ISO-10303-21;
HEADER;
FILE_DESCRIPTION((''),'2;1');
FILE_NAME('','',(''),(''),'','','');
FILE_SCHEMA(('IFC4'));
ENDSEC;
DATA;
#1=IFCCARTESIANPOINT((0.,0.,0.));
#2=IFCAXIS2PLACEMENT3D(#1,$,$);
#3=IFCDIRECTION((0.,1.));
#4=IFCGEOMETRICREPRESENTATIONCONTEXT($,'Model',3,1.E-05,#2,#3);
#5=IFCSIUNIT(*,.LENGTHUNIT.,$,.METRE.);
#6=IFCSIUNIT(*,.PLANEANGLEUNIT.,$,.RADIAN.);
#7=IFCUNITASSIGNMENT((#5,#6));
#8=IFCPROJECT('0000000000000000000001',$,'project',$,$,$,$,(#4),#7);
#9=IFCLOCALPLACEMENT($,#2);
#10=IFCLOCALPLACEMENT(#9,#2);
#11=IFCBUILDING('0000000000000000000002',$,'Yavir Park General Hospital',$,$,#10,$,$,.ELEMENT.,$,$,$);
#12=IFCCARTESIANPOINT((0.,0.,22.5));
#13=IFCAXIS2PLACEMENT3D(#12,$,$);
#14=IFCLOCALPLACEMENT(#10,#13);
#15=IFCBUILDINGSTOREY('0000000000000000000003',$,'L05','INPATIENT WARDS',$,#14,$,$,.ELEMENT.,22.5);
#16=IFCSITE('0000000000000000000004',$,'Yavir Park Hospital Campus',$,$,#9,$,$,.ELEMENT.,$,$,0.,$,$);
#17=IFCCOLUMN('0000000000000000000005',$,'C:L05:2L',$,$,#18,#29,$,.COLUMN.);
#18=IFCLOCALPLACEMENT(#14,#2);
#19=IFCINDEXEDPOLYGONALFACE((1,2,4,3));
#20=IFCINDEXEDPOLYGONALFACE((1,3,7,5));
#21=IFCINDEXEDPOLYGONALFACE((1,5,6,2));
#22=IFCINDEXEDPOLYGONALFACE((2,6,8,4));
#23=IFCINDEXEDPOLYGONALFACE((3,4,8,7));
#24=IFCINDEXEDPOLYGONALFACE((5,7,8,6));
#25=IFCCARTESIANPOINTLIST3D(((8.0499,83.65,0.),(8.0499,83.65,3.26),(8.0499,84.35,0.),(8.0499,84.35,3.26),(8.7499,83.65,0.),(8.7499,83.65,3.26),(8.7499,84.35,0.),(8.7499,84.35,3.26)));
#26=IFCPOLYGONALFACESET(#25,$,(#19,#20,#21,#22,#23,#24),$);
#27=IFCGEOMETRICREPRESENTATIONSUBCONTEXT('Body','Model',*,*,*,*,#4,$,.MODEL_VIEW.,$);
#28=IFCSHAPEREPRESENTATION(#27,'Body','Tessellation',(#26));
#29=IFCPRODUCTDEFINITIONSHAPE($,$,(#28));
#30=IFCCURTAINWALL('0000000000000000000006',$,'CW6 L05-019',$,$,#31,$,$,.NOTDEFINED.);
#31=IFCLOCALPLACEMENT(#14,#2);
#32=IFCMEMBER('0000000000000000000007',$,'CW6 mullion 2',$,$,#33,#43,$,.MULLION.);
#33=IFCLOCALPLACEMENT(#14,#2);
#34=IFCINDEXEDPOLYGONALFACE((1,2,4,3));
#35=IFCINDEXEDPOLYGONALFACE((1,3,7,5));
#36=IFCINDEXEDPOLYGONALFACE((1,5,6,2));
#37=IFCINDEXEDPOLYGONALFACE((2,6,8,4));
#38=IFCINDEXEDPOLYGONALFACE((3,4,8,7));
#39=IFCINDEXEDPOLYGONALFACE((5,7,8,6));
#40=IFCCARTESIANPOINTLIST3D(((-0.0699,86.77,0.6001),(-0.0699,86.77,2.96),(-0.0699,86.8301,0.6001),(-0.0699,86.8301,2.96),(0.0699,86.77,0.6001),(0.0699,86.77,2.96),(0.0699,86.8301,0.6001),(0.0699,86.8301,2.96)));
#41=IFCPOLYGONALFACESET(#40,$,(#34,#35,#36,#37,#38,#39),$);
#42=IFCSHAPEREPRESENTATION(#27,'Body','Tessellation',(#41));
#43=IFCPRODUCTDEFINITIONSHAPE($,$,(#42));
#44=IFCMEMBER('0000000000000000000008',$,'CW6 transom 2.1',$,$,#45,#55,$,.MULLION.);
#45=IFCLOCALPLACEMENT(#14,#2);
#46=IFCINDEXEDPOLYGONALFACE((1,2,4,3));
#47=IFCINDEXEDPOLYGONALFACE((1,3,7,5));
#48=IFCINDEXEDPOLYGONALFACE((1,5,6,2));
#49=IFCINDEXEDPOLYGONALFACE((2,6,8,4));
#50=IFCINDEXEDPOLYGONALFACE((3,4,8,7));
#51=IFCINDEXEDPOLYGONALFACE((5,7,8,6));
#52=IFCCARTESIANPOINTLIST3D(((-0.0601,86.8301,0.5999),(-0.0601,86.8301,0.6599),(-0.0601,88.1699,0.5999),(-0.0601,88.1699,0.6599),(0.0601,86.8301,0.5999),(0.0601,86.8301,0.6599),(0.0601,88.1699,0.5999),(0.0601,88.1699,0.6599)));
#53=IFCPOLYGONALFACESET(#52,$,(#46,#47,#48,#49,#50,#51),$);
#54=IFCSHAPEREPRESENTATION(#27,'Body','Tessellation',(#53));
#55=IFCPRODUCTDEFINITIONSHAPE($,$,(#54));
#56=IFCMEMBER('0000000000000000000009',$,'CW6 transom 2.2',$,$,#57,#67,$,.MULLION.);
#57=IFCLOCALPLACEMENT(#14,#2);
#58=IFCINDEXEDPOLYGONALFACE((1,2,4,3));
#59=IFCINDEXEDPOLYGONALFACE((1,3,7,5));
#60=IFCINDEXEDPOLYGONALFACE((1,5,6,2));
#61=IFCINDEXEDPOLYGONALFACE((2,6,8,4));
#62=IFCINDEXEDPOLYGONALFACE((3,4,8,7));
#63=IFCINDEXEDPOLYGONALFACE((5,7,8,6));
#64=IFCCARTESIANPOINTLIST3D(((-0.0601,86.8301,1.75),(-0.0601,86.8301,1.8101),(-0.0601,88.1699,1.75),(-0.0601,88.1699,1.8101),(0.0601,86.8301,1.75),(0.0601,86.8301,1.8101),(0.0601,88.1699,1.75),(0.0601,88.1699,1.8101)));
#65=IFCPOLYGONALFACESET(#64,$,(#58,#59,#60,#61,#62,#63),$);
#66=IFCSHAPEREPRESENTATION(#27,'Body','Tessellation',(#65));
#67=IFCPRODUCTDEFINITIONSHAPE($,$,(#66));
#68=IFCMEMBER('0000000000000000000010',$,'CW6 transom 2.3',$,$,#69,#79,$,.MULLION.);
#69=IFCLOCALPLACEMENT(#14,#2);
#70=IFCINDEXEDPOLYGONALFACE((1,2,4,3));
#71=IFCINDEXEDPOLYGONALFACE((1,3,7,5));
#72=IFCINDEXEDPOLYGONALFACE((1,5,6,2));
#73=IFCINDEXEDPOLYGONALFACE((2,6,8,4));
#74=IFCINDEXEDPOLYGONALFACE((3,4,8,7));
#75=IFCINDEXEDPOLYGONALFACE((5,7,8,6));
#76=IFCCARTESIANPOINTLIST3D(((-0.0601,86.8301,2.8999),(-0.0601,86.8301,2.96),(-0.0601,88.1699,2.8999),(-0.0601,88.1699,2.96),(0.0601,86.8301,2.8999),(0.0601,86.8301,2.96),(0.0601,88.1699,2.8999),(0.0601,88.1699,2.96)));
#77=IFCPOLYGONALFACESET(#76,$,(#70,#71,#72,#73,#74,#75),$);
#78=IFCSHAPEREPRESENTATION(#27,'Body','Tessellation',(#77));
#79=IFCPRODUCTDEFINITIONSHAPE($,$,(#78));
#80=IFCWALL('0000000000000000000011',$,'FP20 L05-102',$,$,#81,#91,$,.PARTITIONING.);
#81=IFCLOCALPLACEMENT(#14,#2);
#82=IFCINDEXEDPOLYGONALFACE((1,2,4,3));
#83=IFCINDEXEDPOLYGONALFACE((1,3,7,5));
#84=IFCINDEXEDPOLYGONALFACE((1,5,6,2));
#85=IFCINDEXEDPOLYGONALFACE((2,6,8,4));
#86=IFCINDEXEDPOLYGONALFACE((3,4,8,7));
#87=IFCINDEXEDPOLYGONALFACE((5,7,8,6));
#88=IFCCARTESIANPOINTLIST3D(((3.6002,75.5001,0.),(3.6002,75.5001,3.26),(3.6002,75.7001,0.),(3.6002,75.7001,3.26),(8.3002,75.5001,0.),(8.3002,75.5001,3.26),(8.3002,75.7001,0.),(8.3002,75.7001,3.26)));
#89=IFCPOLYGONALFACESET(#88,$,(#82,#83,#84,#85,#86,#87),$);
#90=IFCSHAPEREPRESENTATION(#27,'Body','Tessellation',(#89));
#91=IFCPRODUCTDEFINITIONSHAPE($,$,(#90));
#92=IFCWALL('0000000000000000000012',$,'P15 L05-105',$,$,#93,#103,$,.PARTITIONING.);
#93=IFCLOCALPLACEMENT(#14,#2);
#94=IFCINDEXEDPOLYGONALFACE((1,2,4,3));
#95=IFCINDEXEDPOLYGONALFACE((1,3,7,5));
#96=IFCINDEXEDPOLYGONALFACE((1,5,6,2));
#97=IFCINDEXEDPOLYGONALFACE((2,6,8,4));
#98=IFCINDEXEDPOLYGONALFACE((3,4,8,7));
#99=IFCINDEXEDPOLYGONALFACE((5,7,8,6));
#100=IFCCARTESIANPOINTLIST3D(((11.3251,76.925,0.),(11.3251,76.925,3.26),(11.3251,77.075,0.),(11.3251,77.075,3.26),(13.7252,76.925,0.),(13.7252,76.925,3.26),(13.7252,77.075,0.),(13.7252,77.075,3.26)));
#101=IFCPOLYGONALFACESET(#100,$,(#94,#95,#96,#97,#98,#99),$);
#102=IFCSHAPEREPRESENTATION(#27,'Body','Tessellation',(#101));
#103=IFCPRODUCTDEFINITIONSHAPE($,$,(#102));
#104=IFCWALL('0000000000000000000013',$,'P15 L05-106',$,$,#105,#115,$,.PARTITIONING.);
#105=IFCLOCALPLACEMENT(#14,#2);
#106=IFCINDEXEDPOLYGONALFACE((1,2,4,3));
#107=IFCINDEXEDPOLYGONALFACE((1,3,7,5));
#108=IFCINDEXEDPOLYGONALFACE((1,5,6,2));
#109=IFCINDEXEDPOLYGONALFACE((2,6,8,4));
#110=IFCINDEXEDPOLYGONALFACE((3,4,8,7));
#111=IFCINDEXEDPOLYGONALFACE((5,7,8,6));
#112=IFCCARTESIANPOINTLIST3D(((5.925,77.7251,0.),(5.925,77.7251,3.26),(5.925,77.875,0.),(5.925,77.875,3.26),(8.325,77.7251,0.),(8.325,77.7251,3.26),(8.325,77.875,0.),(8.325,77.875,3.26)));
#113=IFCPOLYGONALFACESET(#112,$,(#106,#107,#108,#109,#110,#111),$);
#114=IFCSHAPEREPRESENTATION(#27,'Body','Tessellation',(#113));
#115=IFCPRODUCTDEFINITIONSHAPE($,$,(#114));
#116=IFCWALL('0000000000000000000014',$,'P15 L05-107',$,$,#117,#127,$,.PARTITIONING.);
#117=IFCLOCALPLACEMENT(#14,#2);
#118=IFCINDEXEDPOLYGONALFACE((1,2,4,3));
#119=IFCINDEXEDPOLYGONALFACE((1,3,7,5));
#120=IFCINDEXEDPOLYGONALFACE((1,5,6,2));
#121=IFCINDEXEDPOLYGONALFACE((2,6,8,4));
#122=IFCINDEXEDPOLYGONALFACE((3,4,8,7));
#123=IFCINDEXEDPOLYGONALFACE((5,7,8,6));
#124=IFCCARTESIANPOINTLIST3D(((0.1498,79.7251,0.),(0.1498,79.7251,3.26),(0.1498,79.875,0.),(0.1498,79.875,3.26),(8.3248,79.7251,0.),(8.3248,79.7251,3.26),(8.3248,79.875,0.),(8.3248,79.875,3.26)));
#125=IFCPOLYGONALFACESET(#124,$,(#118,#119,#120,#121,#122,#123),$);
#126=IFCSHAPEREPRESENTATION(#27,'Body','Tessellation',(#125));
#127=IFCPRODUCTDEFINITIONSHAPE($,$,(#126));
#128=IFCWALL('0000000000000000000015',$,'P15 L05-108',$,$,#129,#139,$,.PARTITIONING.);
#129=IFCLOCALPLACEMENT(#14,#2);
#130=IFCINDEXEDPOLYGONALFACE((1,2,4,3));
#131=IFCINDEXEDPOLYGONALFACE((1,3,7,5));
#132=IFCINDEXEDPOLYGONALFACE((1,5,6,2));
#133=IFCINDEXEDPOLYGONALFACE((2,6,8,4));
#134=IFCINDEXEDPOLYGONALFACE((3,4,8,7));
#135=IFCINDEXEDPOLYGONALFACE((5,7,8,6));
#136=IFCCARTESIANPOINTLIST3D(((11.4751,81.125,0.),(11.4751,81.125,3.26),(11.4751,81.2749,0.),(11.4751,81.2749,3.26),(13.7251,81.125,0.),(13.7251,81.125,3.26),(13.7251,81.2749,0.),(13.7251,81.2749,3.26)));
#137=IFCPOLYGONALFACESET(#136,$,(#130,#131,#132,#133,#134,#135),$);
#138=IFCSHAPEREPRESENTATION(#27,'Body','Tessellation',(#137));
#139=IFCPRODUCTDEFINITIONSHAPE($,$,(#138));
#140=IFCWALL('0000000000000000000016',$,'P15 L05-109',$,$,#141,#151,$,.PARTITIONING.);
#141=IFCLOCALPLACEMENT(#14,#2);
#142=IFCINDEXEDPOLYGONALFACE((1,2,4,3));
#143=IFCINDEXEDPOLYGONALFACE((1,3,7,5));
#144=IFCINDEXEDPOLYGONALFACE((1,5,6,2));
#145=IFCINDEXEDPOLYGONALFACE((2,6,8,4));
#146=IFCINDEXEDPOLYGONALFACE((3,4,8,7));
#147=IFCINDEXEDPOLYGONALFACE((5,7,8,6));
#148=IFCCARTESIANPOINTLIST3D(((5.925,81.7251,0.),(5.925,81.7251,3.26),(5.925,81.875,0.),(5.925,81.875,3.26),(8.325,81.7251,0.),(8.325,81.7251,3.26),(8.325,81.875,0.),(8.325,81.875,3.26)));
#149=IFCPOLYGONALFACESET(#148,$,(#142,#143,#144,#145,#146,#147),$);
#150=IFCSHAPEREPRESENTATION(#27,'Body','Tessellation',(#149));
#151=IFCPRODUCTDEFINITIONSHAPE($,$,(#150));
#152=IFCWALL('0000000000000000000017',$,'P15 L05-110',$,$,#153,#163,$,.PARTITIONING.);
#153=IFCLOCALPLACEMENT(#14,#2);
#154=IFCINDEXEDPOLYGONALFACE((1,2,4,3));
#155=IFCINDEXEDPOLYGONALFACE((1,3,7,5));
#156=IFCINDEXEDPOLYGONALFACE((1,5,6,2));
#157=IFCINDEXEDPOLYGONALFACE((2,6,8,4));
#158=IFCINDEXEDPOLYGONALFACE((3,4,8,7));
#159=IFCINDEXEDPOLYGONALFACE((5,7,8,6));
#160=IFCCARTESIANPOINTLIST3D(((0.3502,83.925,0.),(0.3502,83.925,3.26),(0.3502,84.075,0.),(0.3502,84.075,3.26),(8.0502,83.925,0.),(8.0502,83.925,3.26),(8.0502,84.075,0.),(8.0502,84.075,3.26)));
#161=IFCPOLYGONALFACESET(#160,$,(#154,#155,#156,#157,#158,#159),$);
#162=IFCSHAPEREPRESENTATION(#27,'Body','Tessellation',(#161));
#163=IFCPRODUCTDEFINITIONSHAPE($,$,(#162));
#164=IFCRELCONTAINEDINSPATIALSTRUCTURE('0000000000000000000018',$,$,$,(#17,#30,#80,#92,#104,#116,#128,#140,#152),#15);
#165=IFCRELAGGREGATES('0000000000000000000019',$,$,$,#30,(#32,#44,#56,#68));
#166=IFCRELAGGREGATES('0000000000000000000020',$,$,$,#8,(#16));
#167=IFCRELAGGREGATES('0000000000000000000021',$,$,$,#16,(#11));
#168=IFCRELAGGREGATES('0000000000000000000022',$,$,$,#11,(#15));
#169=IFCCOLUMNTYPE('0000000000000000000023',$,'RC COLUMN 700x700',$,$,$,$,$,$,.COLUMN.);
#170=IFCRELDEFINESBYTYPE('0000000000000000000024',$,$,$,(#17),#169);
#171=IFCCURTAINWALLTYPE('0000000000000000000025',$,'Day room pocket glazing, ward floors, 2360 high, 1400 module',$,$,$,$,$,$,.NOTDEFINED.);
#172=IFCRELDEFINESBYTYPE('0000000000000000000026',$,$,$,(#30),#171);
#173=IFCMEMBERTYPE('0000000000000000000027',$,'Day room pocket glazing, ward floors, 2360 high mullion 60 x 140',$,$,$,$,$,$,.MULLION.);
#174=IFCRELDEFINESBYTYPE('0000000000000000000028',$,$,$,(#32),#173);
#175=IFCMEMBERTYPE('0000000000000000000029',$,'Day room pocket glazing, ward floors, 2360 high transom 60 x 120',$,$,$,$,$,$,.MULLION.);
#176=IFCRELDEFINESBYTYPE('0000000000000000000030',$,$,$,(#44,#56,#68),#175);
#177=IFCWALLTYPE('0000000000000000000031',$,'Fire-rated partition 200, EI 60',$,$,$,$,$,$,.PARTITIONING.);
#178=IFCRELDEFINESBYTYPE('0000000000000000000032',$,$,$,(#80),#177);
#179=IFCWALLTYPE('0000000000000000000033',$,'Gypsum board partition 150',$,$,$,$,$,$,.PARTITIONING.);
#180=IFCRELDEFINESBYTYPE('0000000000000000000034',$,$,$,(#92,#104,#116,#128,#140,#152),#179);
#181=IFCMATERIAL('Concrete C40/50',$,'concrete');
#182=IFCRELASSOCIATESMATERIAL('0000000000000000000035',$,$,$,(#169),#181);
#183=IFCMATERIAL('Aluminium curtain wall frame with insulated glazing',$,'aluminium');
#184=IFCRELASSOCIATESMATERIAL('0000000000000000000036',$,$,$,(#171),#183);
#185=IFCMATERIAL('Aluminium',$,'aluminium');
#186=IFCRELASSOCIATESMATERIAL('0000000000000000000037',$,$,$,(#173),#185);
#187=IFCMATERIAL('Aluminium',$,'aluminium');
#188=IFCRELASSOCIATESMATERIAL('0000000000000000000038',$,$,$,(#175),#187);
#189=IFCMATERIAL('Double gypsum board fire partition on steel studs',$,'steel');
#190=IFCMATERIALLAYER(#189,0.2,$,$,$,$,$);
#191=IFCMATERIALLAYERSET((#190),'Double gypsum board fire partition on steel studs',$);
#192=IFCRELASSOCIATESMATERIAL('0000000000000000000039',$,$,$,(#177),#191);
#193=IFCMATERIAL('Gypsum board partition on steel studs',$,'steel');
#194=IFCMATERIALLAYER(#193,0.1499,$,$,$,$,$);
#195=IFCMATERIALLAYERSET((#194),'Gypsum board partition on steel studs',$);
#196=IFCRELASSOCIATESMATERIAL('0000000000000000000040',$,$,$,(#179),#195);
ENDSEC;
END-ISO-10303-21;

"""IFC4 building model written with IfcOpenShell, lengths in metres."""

from ifc_helpers import new_model, si_unit, direction, frame, frame_2d, origin, origin_2d, place, context, subcontext, project, spatial, rectangle, extrude, material, layer, layer_set, material_profile, profile_set, type_object, element, aggregate, save


model = new_model("IFC4")

# Units and contexts
model_context = context("Model", 3, precision=1e-05, world=origin(), true_north=direction((0.0, 1.0)))
body_context = subcontext(model_context, "Body", "Model", "MODEL_VIEW")
ifc_project = project(units=[si_unit("LENGTHUNIT", "METRE"), si_unit("PLANEANGLEUNIT", "RADIAN")], contexts=[model_context])

# Site, building, storey
site_placement = place(None, origin())
site = spatial("IfcSite", under=ifc_project, at=site_placement, Name="Yavir Park Hospital Campus", CompositionType="ELEMENT", RefElevation=0.0)
building_placement = place(site_placement, origin())
building = spatial("IfcBuilding", under=site, at=building_placement, Name="Yavir Park General Hospital", CompositionType="ELEMENT")
storey_placement = place(building_placement, frame((0.0, 0.0, 22.5)))
storey = spatial("IfcBuildingStorey", under=building, at=storey_placement, Name="L05", Description="INPATIENT WARDS", CompositionType="ELEMENT", Elevation=22.5)

# Column
ifc_material_1 = material(Name="Concrete C40/50", Category="concrete")
ifc_material_profile_1 = material_profile(ifc_material_1, rectangle(XDim=0.7, YDim=0.7, at=origin_2d()), Name="RC700x700")
ifc_profile_set_1 = profile_set([ifc_material_profile_1], Name="Concrete C40/50")
column_type = type_object("IfcColumnType", Name="RC COLUMN 700x700", PredefinedType="COLUMN", material=ifc_profile_set_1)
column_placement = place(storey_placement, frame((8.3999, 84.0, 0.0), z_axis=(0.0, 0.0, 1.0), x_axis=(1.0, 0.0, 0.0)))
element("IfcColumn", 1, at=column_placement, inside=storey, type_object=column_type, Name="C:L05:2L", PredefinedType="COLUMN", context=body_context, shape_type="SweptSolid", body=[
    extrude(rectangle(XDim=0.7, YDim=0.7, at=origin_2d()), origin(), (0.0, 0.0, 1.0), 3.26),
])

# Curtain wall, members
ifc_material_2 = material(Name="Aluminium curtain wall frame with insulated glazing", Category="aluminium")
curtain_wall_type = type_object("IfcCurtainWallType", Name="Day room pocket glazing, ward floors, 2360 high, 1400 module", PredefinedType="NOTDEFINED", material=ifc_material_2)
curtain_wall_placement = place(storey_placement, origin())
curtain_wall = element("IfcCurtainWall", 2, at=curtain_wall_placement, inside=storey, type_object=curtain_wall_type, Name="CW6 L05-019", PredefinedType="NOTDEFINED")
ifc_material_3 = material(Name="Aluminium", Category="aluminium")
ifc_material_profile_2 = material_profile(ifc_material_3, rectangle(XDim=0.1399, YDim=0.0601, at=origin_2d()), Name="AL 60x140")
ifc_profile_set_2 = profile_set([ifc_material_profile_2], Name="Aluminium")
member_type_1 = type_object("IfcMemberType", Name="Day room pocket glazing, ward floors, 2360 high mullion 60 x 140", PredefinedType="MULLION", material=ifc_profile_set_2)
member_1_placement = place(storey_placement, frame((0.0, 86.8, 0.6001), z_axis=(0.0, 0.0, 1.0), x_axis=(-1.0, 0.0, 0.0)))
member_1 = element("IfcMember", 3, at=member_1_placement, type_object=member_type_1, Name="CW6 mullion 2", PredefinedType="MULLION", context=body_context, shape_type="SweptSolid", body=[
    extrude(rectangle(XDim=0.1399, YDim=0.0601, at=origin_2d()), origin(), (0.0, 0.0, 1.0), 2.3599),
])
ifc_material_4 = material(Name="Aluminium", Category="aluminium")
ifc_material_profile_3 = material_profile(ifc_material_4, rectangle(XDim=0.1201, YDim=0.0601, at=origin_2d()), Name="AL 120x60")
ifc_profile_set_3 = profile_set([ifc_material_profile_3], Name="Aluminium")
member_type_2 = type_object("IfcMemberType", Name="Day room pocket glazing, ward floors, 2360 high transom 60 x 120", PredefinedType="MULLION", material=ifc_profile_set_3)
member_2_placement = place(storey_placement, frame((0.0, 86.8301, 0.6299), z_axis=(0.0, 1.0, 0.0), x_axis=(-1.0, 0.0, 0.0)))
member_2 = element("IfcMember", 4, at=member_2_placement, type_object=member_type_2, Name="CW6 transom 2.1", PredefinedType="MULLION", context=body_context, shape_type="SweptSolid", body=[
    extrude(rectangle(XDim=0.1201, YDim=0.0601, at=origin_2d()), origin(), (0.0, 0.0, 1.0), 1.3398),
])
member_3_placement = place(storey_placement, frame((0.0, 86.8301, 1.78), z_axis=(0.0, 1.0, 0.0), x_axis=(-1.0, 0.0, 0.0)))
member_3 = element("IfcMember", 5, at=member_3_placement, type_object=member_type_2, Name="CW6 transom 2.2", PredefinedType="MULLION", context=body_context, shape_type="SweptSolid", body=[
    extrude(rectangle(XDim=0.1201, YDim=0.0601, at=origin_2d()), origin(), (0.0, 0.0, 1.0), 1.3398),
])
member_4_placement = place(storey_placement, frame((0.0, 86.8301, 2.9299), z_axis=(0.0, 1.0, 0.0), x_axis=(-1.0, 0.0, 0.0)))
member_4 = element("IfcMember", 6, at=member_4_placement, type_object=member_type_2, Name="CW6 transom 2.3", PredefinedType="MULLION", context=body_context, shape_type="SweptSolid", body=[
    extrude(rectangle(XDim=0.1201, YDim=0.0601, at=origin_2d()), origin(), (0.0, 0.0, 1.0), 1.3398),
])
aggregate(curtain_wall, [member_1, member_2, member_3, member_4])

# Wall
ifc_material_5 = material(Name="Double gypsum board fire partition on steel studs", Category="steel")
ifc_layer_1 = layer(ifc_material_5, 0.2)
ifc_layer_set_1 = layer_set([ifc_layer_1], Name="Double gypsum board fire partition on steel studs")
wall_type_1 = type_object("IfcWallType", Name="Fire-rated partition 200, EI 60", PredefinedType="PARTITIONING", material=ifc_layer_set_1)
wall_1_placement = place(storey_placement, frame((3.6001, 75.6001, 0.0), z_axis=(0.0, 0.0, 1.0), x_axis=(1.0, 0.0, 0.0)))
element("IfcWall", 7, at=wall_1_placement, inside=storey, type_object=wall_type_1, Name="FP20 L05-102", PredefinedType="PARTITIONING", context=body_context, shape_type="SweptSolid", body=[
    extrude(rectangle(XDim=4.7, YDim=0.2, at=frame_2d((2.3501, 0.0))), origin(), (0.0, 0.0, 1.0), 3.26),
])

# Walls
ifc_material_6 = material(Name="Gypsum board partition on steel studs", Category="steel")
ifc_layer_2 = layer(ifc_material_6, 0.1499)
ifc_layer_set_2 = layer_set([ifc_layer_2], Name="Gypsum board partition on steel studs")
wall_type_2 = type_object("IfcWallType", Name="Gypsum board partition 150", PredefinedType="PARTITIONING", material=ifc_layer_set_2)
wall_2_placement = place(storey_placement, frame((11.325, 77.0, 0.0), z_axis=(0.0, 0.0, 1.0), x_axis=(1.0, 0.0, 0.0)))
element("IfcWall", 8, at=wall_2_placement, inside=storey, type_object=wall_type_2, Name="P15 L05-105", PredefinedType="PARTITIONING", context=body_context, shape_type="SweptSolid", body=[
    extrude(rectangle(XDim=2.4001, YDim=0.1499, at=frame_2d((1.2002, 0.0))), origin(), (0.0, 0.0, 1.0), 3.26),
])
wall_3_placement = place(storey_placement, frame((5.925, 77.8, 0.0), z_axis=(0.0, 0.0, 1.0), x_axis=(1.0, 0.0, 0.0)))
element("IfcWall", 9, at=wall_3_placement, inside=storey, type_object=wall_type_2, Name="P15 L05-106", PredefinedType="PARTITIONING", context=body_context, shape_type="SweptSolid", body=[
    extrude(rectangle(XDim=2.3999, YDim=0.1499, at=frame_2d((1.2, 0.0))), origin(), (0.0, 0.0, 1.0), 3.26),
])
wall_4_placement = place(storey_placement, frame((0.1499, 79.8, 0.0), z_axis=(0.0, 0.0, 1.0), x_axis=(1.0, 0.0, 0.0)))
element("IfcWall", 10, at=wall_4_placement, inside=storey, type_object=wall_type_2, Name="P15 L05-107", PredefinedType="PARTITIONING", context=body_context, shape_type="SweptSolid", body=[
    extrude(rectangle(XDim=8.175, YDim=0.1499, at=frame_2d((4.0874, 0.0))), origin(), (0.0, 0.0, 1.0), 3.26),
])
wall_5_placement = place(storey_placement, frame((11.4751, 81.2, 0.0), z_axis=(0.0, 0.0, 1.0), x_axis=(1.0, 0.0, 0.0)))
element("IfcWall", 11, at=wall_5_placement, inside=storey, type_object=wall_type_2, Name="P15 L05-108", PredefinedType="PARTITIONING", context=body_context, shape_type="SweptSolid", body=[
    extrude(rectangle(XDim=2.25, YDim=0.1499, at=frame_2d((1.125, 0.0))), origin(), (0.0, 0.0, 1.0), 3.26),
])
wall_6_placement = place(storey_placement, frame((5.925, 81.8, 0.0), z_axis=(0.0, 0.0, 1.0), x_axis=(1.0, 0.0, 0.0)))
element("IfcWall", 12, at=wall_6_placement, inside=storey, type_object=wall_type_2, Name="P15 L05-109", PredefinedType="PARTITIONING", context=body_context, shape_type="SweptSolid", body=[
    extrude(rectangle(XDim=2.3999, YDim=0.1499, at=frame_2d((1.2, 0.0))), origin(), (0.0, 0.0, 1.0), 3.26),
])
wall_7_placement = place(storey_placement, frame((0.3501, 84.0, 0.0), z_axis=(0.0, 0.0, 1.0), x_axis=(1.0, 0.0, 0.0)))
element("IfcWall", 13, at=wall_7_placement, inside=storey, type_object=wall_type_2, Name="P15 L05-110", PredefinedType="PARTITIONING", context=body_context, shape_type="SweptSolid", body=[
    extrude(rectangle(XDim=7.7, YDim=0.1499, at=frame_2d((3.8501, 0.0))), origin(), (0.0, 0.0, 1.0), 3.26),
])

save(model, "model.ifc")
